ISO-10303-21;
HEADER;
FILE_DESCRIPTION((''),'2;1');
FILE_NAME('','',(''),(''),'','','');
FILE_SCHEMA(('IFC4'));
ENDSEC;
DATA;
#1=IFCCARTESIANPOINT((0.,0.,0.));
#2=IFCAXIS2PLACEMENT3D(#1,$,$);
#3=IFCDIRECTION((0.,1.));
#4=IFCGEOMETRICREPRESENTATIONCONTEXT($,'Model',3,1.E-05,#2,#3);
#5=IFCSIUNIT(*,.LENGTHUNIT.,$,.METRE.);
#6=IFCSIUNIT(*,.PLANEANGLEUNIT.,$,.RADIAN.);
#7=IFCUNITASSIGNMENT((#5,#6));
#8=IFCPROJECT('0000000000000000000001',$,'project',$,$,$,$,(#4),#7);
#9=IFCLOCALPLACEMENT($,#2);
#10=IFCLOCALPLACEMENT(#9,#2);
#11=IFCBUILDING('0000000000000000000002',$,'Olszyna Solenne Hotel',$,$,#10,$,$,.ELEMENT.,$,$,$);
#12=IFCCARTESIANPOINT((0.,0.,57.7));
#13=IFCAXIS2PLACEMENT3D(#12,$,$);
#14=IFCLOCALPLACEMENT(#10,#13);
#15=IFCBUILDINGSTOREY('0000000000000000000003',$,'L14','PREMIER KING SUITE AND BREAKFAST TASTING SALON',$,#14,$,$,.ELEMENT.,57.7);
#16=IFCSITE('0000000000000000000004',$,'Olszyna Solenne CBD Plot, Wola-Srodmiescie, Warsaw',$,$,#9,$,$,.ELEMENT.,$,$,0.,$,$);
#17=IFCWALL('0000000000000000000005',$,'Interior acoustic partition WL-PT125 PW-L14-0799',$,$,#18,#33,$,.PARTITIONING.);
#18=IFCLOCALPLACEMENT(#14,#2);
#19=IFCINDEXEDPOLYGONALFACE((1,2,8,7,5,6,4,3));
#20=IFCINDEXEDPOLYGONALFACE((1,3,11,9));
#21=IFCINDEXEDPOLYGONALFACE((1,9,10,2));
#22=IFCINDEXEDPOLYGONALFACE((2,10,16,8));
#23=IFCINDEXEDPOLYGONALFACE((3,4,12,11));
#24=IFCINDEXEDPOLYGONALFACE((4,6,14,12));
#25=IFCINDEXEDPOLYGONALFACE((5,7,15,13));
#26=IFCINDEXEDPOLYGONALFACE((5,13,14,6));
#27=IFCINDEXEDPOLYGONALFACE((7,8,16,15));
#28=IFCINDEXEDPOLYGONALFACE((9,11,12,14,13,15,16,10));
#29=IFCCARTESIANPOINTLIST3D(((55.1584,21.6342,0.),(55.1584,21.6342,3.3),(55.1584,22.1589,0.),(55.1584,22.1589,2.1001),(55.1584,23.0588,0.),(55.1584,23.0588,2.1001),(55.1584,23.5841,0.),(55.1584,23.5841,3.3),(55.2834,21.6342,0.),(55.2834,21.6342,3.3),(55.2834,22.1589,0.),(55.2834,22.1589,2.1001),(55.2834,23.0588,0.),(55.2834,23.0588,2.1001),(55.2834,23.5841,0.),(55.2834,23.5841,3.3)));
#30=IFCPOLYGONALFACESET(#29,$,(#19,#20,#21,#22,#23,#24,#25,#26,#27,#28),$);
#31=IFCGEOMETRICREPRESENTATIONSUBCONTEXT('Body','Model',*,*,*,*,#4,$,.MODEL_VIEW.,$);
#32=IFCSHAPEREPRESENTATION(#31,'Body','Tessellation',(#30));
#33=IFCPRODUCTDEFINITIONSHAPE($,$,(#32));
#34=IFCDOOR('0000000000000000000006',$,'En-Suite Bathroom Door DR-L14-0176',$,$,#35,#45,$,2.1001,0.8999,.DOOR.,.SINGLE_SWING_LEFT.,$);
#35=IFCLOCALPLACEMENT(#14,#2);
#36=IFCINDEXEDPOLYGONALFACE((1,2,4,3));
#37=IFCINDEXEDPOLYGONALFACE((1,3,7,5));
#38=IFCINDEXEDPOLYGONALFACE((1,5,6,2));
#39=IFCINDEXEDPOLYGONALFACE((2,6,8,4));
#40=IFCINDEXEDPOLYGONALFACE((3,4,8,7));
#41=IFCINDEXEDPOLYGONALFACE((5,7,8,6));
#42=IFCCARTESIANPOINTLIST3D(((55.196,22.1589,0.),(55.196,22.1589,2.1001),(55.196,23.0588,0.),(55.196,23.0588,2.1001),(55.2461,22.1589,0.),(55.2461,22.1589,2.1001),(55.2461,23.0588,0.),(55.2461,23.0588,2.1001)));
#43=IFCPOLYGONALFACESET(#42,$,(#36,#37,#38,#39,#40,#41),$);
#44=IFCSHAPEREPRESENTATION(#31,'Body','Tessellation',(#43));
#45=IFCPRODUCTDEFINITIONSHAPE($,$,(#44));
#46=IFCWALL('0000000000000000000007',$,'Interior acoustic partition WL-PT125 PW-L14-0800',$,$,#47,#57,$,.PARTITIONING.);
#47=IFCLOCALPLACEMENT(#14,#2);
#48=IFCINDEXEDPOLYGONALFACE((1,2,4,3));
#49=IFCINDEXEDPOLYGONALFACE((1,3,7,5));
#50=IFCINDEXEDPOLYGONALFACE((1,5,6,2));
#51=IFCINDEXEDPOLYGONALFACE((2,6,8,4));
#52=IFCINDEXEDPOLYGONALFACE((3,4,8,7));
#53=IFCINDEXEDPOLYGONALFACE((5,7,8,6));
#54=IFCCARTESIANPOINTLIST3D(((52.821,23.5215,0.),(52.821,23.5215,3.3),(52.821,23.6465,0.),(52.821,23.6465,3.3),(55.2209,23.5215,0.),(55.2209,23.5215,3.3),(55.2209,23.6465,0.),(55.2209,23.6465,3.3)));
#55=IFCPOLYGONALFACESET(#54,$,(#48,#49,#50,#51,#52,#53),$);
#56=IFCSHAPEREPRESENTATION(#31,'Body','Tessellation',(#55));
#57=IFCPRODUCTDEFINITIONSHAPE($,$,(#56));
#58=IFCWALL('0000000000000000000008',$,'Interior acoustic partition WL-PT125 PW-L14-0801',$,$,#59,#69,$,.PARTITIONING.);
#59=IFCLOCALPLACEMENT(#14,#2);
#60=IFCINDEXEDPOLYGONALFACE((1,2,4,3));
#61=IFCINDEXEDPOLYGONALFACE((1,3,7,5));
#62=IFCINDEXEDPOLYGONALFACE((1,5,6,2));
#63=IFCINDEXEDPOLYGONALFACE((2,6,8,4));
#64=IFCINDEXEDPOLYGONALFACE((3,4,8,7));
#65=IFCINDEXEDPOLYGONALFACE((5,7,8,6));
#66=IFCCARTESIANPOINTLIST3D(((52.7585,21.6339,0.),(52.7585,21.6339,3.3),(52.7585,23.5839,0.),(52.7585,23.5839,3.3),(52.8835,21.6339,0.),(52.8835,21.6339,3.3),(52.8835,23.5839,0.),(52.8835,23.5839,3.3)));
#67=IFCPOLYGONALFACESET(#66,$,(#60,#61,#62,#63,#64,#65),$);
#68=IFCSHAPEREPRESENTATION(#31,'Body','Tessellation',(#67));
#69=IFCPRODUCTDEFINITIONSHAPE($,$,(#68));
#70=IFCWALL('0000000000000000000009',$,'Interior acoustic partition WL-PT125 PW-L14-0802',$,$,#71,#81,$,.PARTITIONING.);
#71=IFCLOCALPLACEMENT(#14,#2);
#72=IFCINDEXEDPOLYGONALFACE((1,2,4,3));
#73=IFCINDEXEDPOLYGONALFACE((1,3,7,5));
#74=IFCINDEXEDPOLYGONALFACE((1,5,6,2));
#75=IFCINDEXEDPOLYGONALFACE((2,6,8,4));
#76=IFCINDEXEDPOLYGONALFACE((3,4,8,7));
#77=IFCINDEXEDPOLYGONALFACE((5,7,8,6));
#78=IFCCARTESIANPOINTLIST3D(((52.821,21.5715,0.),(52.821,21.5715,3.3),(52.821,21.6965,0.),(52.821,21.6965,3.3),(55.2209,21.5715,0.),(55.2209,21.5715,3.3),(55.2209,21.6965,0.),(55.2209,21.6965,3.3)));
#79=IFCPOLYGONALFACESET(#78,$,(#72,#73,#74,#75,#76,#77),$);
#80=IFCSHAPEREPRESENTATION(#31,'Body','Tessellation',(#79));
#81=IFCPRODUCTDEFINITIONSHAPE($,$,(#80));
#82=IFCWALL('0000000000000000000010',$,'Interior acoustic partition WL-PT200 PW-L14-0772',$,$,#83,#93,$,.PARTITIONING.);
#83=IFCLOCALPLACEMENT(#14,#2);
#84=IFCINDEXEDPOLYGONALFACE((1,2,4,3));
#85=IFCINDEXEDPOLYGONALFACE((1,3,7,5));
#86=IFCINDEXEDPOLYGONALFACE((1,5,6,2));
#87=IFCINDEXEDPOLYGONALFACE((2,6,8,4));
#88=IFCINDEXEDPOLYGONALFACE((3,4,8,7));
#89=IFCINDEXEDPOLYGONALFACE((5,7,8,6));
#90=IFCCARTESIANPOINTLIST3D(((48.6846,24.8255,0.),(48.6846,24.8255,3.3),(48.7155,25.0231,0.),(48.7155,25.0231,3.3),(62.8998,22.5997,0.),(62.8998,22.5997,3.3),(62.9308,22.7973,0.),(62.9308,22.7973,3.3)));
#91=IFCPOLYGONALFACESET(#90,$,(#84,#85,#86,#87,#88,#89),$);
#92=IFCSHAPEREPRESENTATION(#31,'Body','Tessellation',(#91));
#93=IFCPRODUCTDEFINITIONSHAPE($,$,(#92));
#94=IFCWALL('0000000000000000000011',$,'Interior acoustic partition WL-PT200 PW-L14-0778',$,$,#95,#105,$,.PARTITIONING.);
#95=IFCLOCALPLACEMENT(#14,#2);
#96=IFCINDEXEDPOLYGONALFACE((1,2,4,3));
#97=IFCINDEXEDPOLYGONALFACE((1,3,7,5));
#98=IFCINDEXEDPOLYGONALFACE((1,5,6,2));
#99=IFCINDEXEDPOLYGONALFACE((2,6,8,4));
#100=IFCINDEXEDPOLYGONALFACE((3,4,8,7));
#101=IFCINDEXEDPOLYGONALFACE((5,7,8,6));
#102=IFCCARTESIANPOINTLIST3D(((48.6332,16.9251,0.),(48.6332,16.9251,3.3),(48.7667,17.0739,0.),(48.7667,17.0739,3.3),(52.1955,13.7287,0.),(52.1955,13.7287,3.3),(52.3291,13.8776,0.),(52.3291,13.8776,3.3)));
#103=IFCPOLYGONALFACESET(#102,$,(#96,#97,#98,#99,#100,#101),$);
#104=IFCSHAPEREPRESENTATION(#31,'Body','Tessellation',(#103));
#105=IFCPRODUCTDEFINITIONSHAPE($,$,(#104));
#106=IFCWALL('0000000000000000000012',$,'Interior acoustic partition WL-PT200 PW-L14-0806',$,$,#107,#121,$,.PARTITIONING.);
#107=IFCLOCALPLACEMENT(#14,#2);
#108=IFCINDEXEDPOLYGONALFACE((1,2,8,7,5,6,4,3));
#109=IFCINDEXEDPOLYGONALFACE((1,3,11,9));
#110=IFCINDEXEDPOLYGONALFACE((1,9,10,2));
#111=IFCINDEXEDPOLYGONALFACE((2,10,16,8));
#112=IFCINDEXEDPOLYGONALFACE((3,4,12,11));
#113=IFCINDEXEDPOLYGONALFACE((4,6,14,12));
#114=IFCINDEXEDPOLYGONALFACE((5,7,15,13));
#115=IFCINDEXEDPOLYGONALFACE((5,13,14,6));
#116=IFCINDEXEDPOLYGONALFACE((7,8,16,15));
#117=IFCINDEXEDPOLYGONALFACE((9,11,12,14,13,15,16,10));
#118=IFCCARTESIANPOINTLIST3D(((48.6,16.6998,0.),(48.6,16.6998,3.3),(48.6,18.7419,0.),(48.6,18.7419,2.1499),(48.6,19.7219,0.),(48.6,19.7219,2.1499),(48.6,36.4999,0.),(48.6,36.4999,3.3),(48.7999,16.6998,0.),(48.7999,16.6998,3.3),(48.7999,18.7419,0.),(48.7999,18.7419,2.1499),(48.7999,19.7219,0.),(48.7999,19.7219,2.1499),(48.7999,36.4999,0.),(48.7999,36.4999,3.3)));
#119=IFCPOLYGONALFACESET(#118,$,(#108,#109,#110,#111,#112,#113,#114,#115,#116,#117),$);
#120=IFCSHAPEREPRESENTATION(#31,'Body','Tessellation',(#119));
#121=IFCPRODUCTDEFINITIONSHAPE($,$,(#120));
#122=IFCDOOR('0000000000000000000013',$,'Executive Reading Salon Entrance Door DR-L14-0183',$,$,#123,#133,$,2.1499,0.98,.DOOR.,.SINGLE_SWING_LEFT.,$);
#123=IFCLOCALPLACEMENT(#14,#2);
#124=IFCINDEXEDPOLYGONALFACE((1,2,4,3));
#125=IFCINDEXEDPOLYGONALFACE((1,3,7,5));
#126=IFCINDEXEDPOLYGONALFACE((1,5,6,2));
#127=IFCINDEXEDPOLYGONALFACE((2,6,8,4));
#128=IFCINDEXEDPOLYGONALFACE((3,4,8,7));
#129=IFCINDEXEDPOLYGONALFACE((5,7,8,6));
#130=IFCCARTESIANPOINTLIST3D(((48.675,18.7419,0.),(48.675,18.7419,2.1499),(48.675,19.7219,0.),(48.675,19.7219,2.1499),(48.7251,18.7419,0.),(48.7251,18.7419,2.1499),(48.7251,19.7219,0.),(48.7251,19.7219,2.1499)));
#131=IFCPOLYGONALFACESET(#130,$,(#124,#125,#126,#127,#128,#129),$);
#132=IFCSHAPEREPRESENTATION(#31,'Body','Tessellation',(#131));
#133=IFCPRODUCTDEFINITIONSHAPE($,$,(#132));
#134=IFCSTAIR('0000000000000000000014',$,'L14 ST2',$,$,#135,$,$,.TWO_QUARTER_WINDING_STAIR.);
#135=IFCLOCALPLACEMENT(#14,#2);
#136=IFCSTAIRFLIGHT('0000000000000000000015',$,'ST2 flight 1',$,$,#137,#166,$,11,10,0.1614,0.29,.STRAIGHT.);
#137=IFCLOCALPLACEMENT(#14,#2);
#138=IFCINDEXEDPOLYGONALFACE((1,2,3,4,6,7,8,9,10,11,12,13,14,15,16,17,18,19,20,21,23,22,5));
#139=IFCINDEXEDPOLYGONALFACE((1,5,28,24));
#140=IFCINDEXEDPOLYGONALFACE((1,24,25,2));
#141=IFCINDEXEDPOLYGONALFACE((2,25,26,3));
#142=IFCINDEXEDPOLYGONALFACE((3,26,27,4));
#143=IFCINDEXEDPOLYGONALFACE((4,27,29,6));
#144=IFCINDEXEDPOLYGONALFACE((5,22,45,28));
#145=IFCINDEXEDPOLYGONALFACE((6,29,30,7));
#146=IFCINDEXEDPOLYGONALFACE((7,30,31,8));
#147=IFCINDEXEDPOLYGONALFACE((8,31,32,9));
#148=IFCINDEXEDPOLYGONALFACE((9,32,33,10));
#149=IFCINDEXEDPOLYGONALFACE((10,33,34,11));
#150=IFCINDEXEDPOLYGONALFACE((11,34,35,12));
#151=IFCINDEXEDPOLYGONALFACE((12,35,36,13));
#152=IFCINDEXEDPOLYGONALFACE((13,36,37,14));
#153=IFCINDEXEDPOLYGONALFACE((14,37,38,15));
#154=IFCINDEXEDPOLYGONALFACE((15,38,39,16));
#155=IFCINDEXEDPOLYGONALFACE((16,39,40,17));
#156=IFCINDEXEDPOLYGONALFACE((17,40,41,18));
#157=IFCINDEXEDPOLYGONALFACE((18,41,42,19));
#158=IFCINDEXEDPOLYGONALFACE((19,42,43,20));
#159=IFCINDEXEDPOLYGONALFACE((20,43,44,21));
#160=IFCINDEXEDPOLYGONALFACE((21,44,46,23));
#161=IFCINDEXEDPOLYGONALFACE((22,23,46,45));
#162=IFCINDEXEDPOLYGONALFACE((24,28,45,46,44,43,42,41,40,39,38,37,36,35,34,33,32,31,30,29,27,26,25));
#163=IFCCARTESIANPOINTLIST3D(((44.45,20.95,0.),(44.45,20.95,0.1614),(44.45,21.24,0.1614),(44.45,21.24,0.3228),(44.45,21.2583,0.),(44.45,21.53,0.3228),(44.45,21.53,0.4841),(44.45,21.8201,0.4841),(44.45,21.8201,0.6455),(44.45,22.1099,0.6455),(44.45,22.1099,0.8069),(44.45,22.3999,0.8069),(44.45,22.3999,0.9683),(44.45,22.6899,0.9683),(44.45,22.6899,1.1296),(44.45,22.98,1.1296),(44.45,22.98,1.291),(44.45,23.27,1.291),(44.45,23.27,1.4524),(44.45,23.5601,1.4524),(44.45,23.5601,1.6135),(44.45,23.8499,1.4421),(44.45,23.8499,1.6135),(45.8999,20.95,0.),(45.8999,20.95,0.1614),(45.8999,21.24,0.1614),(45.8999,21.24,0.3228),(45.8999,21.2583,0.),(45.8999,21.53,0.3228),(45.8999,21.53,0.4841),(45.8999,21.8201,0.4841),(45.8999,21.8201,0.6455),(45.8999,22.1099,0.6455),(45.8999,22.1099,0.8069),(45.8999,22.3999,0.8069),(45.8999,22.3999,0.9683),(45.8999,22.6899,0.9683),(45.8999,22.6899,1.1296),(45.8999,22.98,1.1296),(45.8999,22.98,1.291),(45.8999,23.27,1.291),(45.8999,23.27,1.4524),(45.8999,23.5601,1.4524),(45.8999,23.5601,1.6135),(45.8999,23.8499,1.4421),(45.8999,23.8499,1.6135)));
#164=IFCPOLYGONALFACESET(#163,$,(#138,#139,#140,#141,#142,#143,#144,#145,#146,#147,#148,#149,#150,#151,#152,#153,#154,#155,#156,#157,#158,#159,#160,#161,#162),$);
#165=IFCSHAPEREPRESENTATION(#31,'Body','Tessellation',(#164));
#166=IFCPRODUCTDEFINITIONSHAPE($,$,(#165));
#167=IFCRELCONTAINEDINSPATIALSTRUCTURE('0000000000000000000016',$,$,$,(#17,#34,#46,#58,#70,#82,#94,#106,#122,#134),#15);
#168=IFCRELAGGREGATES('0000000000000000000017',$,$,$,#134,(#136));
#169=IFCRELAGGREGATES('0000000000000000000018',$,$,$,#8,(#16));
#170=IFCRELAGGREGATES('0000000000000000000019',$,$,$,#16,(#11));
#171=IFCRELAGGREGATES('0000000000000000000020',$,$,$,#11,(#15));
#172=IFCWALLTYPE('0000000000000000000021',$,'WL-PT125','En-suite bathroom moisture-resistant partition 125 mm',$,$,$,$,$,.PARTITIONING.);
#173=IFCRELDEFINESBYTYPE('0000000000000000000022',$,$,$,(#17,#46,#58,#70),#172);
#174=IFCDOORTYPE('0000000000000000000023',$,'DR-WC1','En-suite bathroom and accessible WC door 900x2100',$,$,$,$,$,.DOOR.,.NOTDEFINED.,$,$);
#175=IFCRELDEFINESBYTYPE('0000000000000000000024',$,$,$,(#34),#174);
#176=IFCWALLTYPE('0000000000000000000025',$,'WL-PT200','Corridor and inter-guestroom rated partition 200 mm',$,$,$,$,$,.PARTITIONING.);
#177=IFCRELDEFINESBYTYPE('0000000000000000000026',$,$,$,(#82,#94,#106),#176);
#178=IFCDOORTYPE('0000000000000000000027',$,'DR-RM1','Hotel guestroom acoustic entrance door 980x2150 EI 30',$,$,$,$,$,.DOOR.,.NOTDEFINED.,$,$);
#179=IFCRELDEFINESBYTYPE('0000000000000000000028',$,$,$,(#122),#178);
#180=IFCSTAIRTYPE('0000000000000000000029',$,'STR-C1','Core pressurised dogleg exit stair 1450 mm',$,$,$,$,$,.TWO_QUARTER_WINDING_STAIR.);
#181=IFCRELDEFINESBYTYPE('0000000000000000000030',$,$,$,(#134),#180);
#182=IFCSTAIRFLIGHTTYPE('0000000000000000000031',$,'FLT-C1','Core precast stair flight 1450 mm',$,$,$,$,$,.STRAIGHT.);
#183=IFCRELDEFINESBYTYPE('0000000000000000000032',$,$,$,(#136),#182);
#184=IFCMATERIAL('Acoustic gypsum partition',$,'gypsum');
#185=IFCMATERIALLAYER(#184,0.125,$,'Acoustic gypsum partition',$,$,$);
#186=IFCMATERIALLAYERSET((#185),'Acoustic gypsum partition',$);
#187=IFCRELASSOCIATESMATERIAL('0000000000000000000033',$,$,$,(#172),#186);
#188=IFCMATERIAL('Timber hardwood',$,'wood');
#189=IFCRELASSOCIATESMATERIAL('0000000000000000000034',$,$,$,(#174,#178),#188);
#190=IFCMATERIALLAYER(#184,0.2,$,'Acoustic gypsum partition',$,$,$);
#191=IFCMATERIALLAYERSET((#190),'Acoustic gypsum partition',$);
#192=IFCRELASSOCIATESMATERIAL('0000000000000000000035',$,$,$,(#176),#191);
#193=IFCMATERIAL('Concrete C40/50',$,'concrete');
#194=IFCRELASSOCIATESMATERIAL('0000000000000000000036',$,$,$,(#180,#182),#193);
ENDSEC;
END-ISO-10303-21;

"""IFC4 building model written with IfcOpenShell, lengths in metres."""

from ifc_helpers import new_model, si_unit, direction, frame, frame_2d, origin, place, context, subcontext, project, spatial, polyline, rectangle, outline, extrude, source, transform, mapped, material, layer, layer_set, type_object, type_shapes, element, fill, aggregate, save


model = new_model("IFC4")

# Units and contexts
model_context = context("Model", 3, precision=1e-05, world=origin(), true_north=direction((0.0, 1.0)))
body_context = subcontext(model_context, "Body", "Model", "MODEL_VIEW")
ifc_project = project(units=[si_unit("LENGTHUNIT", "METRE"), si_unit("PLANEANGLEUNIT", "RADIAN")], contexts=[model_context])

# Site, building, storey
site_placement = place(None, origin())
site = spatial("IfcSite", under=ifc_project, at=site_placement, Name="Olszyna Solenne CBD Plot, Wola-Srodmiescie, Warsaw", CompositionType="ELEMENT", RefElevation=0.0)
building_placement = place(site_placement, origin())
building = spatial("IfcBuilding", under=site, at=building_placement, Name="Olszyna Solenne Hotel", CompositionType="ELEMENT")
storey_placement = place(building_placement, frame((0.0, 0.0, 57.7)))
storey = spatial("IfcBuildingStorey", under=building, at=storey_placement, Name="L14", Description="PREMIER KING SUITE AND BREAKFAST TASTING SALON", CompositionType="ELEMENT", Elevation=57.7)

# Wall, opening, door
ifc_material_1 = material(Name="Acoustic gypsum partition", Category="gypsum")
ifc_layer_1 = layer(ifc_material_1, 0.125, Name="Acoustic gypsum partition")
ifc_layer_set_1 = layer_set([ifc_layer_1], Name="Acoustic gypsum partition")
wall_type_1 = type_object("IfcWallType", Name="WL-PT125", Description="En-suite bathroom moisture-resistant partition 125 mm", PredefinedType="PARTITIONING", material=ifc_layer_set_1)
wall_1_placement = place(storey_placement, frame((55.2209, 21.634, 0.0), z_axis=(0.0, 0.0, 1.0), x_axis=(0.0, 1.0, 0.0)))
wall_1 = element("IfcWall", 1, at=wall_1_placement, inside=storey, type_object=wall_type_1, Name="Interior acoustic partition WL-PT125 PW-L14-0799", PredefinedType="PARTITIONING", context=body_context, shape_type="SweptSolid", body=[
    extrude(rectangle(XDim=1.95, YDim=0.125, at=frame_2d((0.9751, 0.0))), origin(), (0.0, 0.0, 1.0), 3.3),
])
opening_1_placement = place(wall_1_placement, frame((0.5249, 0.0, 0.0)))
opening_1 = element("IfcOpeningElement", 2, at=opening_1_placement, cuts=wall_1, PredefinedType="OPENING", context=body_context, shape_type="SweptSolid", body=[
    extrude(rectangle(XDim=0.8999, YDim=2.1001, at=frame_2d((0.45, 1.05))), frame((0.0, 0.0725, 0.0), z_axis=(0.0, -1.0, 0.0), x_axis=(1.0, 0.0, 0.0)), (0.0, 0.0, 1.0), 0.145),
])
ifc_material_2 = material(Name="Timber hardwood", Category="wood")
door_type_1 = type_object("IfcDoorType", Name="DR-WC1", Description="En-suite bathroom and accessible WC door 900x2100", OperationType="NOTDEFINED", PredefinedType="DOOR", material=ifc_material_2)
shared_shape_1 = source(origin(), body_context, "Body", "SweptSolid", [
    extrude(rectangle(XDim=0.8999, YDim=2.1001, at=frame_2d((0.45, 1.05))), frame((0.0, 0.0249, 0.0), z_axis=(0.0, -1.0, 0.0), x_axis=(1.0, 0.0, 0.0)), (0.0, 0.0, 1.0), 0.05),
])
type_shapes(door_type_1, [shared_shape_1])
door_1_placement = place(opening_1_placement, origin())
door_1 = element("IfcDoor", 3, at=door_1_placement, inside=storey, type_object=door_type_1, Name="En-Suite Bathroom Door DR-L14-0176", OperationType="SINGLE_SWING_LEFT", OverallHeight=2.1001, OverallWidth=0.8999, PredefinedType="DOOR", context=body_context, shape_type="MappedRepresentation", body=[
    mapped(shared_shape_1, transform((0.0, 0.0, 0.0), x_axis=(1.0, 0.0, 0.0), y_axis=(0.0, 1.0, 0.0), z_axis=(0.0, 0.0, 1.0), scale=1.0)),
])
fill(opening_1, door_1)

# Walls
wall_2_placement = place(storey_placement, frame((55.2209, 23.584, 0.0), z_axis=(0.0, 0.0, 1.0), x_axis=(-1.0, 0.0, 0.0)))
element("IfcWall", 4, at=wall_2_placement, inside=storey, type_object=wall_type_1, Name="Interior acoustic partition WL-PT125 PW-L14-0800", PredefinedType="PARTITIONING", context=body_context, shape_type="SweptSolid", body=[
    extrude(rectangle(XDim=2.3999, YDim=0.125, at=frame_2d((1.2, 0.0))), origin(), (0.0, 0.0, 1.0), 3.3),
])
wall_3_placement = place(storey_placement, frame((52.821, 23.584, 0.0), z_axis=(0.0, 0.0, 1.0), x_axis=(0.0, -1.0, 0.0)))
element("IfcWall", 5, at=wall_3_placement, inside=storey, type_object=wall_type_1, Name="Interior acoustic partition WL-PT125 PW-L14-0801", PredefinedType="PARTITIONING", context=body_context, shape_type="SweptSolid", body=[
    extrude(rectangle(XDim=1.95, YDim=0.125, at=frame_2d((0.9751, 0.0))), origin(), (0.0, 0.0, 1.0), 3.3),
])
wall_4_placement = place(storey_placement, frame((52.821, 21.634, 0.0), z_axis=(0.0, 0.0, 1.0), x_axis=(1.0, 0.0, 0.0)))
element("IfcWall", 6, at=wall_4_placement, inside=storey, type_object=wall_type_1, Name="Interior acoustic partition WL-PT125 PW-L14-0802", PredefinedType="PARTITIONING", context=body_context, shape_type="SweptSolid", body=[
    extrude(rectangle(XDim=2.3999, YDim=0.125, at=frame_2d((1.2, 0.0))), origin(), (0.0, 0.0, 1.0), 3.3),
])
ifc_layer_2 = layer(ifc_material_1, 0.2, Name="Acoustic gypsum partition")
ifc_layer_set_2 = layer_set([ifc_layer_2], Name="Acoustic gypsum partition")
wall_type_2 = type_object("IfcWallType", Name="WL-PT200", Description="Corridor and inter-guestroom rated partition 200 mm", PredefinedType="PARTITIONING", material=ifc_layer_set_2)
wall_5_placement = place(storey_placement, frame((48.7, 24.9243, 0.0), z_axis=(0.0, 0.0, 1.0), x_axis=(0.987962, -0.154695, 0.0)))
element("IfcWall", 7, at=wall_5_placement, inside=storey, type_object=wall_type_2, Name="Interior acoustic partition WL-PT200 PW-L14-0772", PredefinedType="PARTITIONING", context=body_context, shape_type="SweptSolid", body=[
    extrude(rectangle(XDim=14.3884, YDim=0.2, at=frame_2d((7.1943, 0.0))), origin(), (0.0, 0.0, 1.0), 3.3),
])
wall_6_placement = place(storey_placement, frame((48.7, 16.9995, 0.0), z_axis=(0.0, 0.0, 1.0), x_axis=(0.744305, -0.667839, 0.0)))
element("IfcWall", 8, at=wall_6_placement, inside=storey, type_object=wall_type_2, Name="Interior acoustic partition WL-PT200 PW-L14-0778", PredefinedType="PARTITIONING", context=body_context, shape_type="SweptSolid", body=[
    extrude(rectangle(XDim=4.7861, YDim=0.2, at=frame_2d((2.3931, 0.0))), origin(), (0.0, 0.0, 1.0), 3.3),
])

# Wall, opening, door
wall_7_placement = place(storey_placement, frame((48.7, 16.7, 0.0), z_axis=(0.0, 0.0, 1.0), x_axis=(0.0, 1.0, 0.0)))
wall_7 = element("IfcWall", 9, at=wall_7_placement, inside=storey, type_object=wall_type_2, Name="Interior acoustic partition WL-PT200 PW-L14-0806", PredefinedType="PARTITIONING", context=body_context, shape_type="SweptSolid", body=[
    extrude(rectangle(XDim=19.8, YDim=0.2, at=frame_2d((9.8999, 0.0))), origin(), (0.0, 0.0, 1.0), 3.3),
])
opening_2_placement = place(wall_7_placement, frame((2.042, 0.0, 0.0)))
opening_2 = element("IfcOpeningElement", 10, at=opening_2_placement, cuts=wall_7, PredefinedType="OPENING", context=body_context, shape_type="SweptSolid", body=[
    extrude(rectangle(XDim=0.98, YDim=2.1499, at=frame_2d((0.49, 1.075))), frame((0.0, 0.1099, 0.0), z_axis=(0.0, -1.0, 0.0), x_axis=(1.0, 0.0, 0.0)), (0.0, 0.0, 1.0), 0.22),
])
door_type_2 = type_object("IfcDoorType", Name="DR-RM1", Description="Hotel guestroom acoustic entrance door 980x2150 EI 30", OperationType="NOTDEFINED", PredefinedType="DOOR", material=ifc_material_2)
shared_shape_2 = source(origin(), body_context, "Body", "SweptSolid", [
    extrude(rectangle(XDim=0.98, YDim=2.1499, at=frame_2d((0.49, 1.075))), frame((0.0, 0.0249, 0.0), z_axis=(0.0, -1.0, 0.0), x_axis=(1.0, 0.0, 0.0)), (0.0, 0.0, 1.0), 0.05),
])
type_shapes(door_type_2, [shared_shape_2])
door_2_placement = place(opening_2_placement, origin())
door_2 = element("IfcDoor", 11, at=door_2_placement, inside=storey, type_object=door_type_2, Name="Executive Reading Salon Entrance Door DR-L14-0183", OperationType="SINGLE_SWING_LEFT", OverallHeight=2.1499, OverallWidth=0.98, PredefinedType="DOOR", context=body_context, shape_type="MappedRepresentation", body=[
    mapped(shared_shape_2, transform((0.0, 0.0, 0.0), x_axis=(1.0, 0.0, 0.0), y_axis=(0.0, 1.0, 0.0), z_axis=(0.0, 0.0, 1.0), scale=1.0)),
])
fill(opening_2, door_2)

# Stair, stair flight
ifc_material_3 = material(Name="Concrete C40/50", Category="concrete")
stair_type = type_object("IfcStairType", Name="STR-C1", Description="Core pressurised dogleg exit stair 1450 mm", PredefinedType="TWO_QUARTER_WINDING_STAIR", material=ifc_material_3)
stair_placement = place(storey_placement, origin())
stair = element("IfcStair", 12, at=stair_placement, inside=storey, type_object=stair_type, Name="L14 ST2", PredefinedType="TWO_QUARTER_WINDING_STAIR")
stair_flight_type = type_object("IfcStairFlightType", Name="FLT-C1", Description="Core precast stair flight 1450 mm", PredefinedType="STRAIGHT", material=ifc_material_3)
stair_flight_1_placement = place(storey_placement, frame((45.175, 20.95, 0.0), z_axis=(0.0, 0.0, 1.0), x_axis=(0.0, 1.0, 0.0)))
stair_flight_1 = element("IfcStairFlight", 13, at=stair_flight_1_placement, type_object=stair_flight_type, Name="ST2 flight 1", NumberOfRisers=11, NumberOfTreads=10, PredefinedType="STRAIGHT", RiserHeight=0.1614, TreadLength=0.29, context=body_context, shape_type="SweptSolid", body=[
    extrude(outline(polyline([(0.0, 0.0), (0.0, 0.1614), (0.29, 0.1614), (0.29, 0.3228), (0.5801, 0.3228), (0.5801, 0.4841), (0.8701, 0.4841), (0.8701, 0.6455), (1.1599, 0.6455), (1.1599, 0.8069), (1.45, 0.8069), (1.45, 0.9683), (1.74, 0.9683), (1.74, 1.1296), (2.03, 1.1296), (2.03, 1.291), (2.3201, 1.291), (2.3201, 1.4524), (2.6101, 1.4524), (2.6101, 1.6135), (2.8999, 1.6135), (2.8999, 1.7749), (2.8999, 1.4421), (0.3083, 0.0), (0.0, 0.0)])), frame((0.0, 0.7251, 0.0), z_axis=(0.0, -1.0, 0.0), x_axis=(1.0, 0.0, 0.0)), (0.0, 0.0, 1.0), 1.45),
])
aggregate(stair, [stair_flight_1])

save(model, "model.ifc")
